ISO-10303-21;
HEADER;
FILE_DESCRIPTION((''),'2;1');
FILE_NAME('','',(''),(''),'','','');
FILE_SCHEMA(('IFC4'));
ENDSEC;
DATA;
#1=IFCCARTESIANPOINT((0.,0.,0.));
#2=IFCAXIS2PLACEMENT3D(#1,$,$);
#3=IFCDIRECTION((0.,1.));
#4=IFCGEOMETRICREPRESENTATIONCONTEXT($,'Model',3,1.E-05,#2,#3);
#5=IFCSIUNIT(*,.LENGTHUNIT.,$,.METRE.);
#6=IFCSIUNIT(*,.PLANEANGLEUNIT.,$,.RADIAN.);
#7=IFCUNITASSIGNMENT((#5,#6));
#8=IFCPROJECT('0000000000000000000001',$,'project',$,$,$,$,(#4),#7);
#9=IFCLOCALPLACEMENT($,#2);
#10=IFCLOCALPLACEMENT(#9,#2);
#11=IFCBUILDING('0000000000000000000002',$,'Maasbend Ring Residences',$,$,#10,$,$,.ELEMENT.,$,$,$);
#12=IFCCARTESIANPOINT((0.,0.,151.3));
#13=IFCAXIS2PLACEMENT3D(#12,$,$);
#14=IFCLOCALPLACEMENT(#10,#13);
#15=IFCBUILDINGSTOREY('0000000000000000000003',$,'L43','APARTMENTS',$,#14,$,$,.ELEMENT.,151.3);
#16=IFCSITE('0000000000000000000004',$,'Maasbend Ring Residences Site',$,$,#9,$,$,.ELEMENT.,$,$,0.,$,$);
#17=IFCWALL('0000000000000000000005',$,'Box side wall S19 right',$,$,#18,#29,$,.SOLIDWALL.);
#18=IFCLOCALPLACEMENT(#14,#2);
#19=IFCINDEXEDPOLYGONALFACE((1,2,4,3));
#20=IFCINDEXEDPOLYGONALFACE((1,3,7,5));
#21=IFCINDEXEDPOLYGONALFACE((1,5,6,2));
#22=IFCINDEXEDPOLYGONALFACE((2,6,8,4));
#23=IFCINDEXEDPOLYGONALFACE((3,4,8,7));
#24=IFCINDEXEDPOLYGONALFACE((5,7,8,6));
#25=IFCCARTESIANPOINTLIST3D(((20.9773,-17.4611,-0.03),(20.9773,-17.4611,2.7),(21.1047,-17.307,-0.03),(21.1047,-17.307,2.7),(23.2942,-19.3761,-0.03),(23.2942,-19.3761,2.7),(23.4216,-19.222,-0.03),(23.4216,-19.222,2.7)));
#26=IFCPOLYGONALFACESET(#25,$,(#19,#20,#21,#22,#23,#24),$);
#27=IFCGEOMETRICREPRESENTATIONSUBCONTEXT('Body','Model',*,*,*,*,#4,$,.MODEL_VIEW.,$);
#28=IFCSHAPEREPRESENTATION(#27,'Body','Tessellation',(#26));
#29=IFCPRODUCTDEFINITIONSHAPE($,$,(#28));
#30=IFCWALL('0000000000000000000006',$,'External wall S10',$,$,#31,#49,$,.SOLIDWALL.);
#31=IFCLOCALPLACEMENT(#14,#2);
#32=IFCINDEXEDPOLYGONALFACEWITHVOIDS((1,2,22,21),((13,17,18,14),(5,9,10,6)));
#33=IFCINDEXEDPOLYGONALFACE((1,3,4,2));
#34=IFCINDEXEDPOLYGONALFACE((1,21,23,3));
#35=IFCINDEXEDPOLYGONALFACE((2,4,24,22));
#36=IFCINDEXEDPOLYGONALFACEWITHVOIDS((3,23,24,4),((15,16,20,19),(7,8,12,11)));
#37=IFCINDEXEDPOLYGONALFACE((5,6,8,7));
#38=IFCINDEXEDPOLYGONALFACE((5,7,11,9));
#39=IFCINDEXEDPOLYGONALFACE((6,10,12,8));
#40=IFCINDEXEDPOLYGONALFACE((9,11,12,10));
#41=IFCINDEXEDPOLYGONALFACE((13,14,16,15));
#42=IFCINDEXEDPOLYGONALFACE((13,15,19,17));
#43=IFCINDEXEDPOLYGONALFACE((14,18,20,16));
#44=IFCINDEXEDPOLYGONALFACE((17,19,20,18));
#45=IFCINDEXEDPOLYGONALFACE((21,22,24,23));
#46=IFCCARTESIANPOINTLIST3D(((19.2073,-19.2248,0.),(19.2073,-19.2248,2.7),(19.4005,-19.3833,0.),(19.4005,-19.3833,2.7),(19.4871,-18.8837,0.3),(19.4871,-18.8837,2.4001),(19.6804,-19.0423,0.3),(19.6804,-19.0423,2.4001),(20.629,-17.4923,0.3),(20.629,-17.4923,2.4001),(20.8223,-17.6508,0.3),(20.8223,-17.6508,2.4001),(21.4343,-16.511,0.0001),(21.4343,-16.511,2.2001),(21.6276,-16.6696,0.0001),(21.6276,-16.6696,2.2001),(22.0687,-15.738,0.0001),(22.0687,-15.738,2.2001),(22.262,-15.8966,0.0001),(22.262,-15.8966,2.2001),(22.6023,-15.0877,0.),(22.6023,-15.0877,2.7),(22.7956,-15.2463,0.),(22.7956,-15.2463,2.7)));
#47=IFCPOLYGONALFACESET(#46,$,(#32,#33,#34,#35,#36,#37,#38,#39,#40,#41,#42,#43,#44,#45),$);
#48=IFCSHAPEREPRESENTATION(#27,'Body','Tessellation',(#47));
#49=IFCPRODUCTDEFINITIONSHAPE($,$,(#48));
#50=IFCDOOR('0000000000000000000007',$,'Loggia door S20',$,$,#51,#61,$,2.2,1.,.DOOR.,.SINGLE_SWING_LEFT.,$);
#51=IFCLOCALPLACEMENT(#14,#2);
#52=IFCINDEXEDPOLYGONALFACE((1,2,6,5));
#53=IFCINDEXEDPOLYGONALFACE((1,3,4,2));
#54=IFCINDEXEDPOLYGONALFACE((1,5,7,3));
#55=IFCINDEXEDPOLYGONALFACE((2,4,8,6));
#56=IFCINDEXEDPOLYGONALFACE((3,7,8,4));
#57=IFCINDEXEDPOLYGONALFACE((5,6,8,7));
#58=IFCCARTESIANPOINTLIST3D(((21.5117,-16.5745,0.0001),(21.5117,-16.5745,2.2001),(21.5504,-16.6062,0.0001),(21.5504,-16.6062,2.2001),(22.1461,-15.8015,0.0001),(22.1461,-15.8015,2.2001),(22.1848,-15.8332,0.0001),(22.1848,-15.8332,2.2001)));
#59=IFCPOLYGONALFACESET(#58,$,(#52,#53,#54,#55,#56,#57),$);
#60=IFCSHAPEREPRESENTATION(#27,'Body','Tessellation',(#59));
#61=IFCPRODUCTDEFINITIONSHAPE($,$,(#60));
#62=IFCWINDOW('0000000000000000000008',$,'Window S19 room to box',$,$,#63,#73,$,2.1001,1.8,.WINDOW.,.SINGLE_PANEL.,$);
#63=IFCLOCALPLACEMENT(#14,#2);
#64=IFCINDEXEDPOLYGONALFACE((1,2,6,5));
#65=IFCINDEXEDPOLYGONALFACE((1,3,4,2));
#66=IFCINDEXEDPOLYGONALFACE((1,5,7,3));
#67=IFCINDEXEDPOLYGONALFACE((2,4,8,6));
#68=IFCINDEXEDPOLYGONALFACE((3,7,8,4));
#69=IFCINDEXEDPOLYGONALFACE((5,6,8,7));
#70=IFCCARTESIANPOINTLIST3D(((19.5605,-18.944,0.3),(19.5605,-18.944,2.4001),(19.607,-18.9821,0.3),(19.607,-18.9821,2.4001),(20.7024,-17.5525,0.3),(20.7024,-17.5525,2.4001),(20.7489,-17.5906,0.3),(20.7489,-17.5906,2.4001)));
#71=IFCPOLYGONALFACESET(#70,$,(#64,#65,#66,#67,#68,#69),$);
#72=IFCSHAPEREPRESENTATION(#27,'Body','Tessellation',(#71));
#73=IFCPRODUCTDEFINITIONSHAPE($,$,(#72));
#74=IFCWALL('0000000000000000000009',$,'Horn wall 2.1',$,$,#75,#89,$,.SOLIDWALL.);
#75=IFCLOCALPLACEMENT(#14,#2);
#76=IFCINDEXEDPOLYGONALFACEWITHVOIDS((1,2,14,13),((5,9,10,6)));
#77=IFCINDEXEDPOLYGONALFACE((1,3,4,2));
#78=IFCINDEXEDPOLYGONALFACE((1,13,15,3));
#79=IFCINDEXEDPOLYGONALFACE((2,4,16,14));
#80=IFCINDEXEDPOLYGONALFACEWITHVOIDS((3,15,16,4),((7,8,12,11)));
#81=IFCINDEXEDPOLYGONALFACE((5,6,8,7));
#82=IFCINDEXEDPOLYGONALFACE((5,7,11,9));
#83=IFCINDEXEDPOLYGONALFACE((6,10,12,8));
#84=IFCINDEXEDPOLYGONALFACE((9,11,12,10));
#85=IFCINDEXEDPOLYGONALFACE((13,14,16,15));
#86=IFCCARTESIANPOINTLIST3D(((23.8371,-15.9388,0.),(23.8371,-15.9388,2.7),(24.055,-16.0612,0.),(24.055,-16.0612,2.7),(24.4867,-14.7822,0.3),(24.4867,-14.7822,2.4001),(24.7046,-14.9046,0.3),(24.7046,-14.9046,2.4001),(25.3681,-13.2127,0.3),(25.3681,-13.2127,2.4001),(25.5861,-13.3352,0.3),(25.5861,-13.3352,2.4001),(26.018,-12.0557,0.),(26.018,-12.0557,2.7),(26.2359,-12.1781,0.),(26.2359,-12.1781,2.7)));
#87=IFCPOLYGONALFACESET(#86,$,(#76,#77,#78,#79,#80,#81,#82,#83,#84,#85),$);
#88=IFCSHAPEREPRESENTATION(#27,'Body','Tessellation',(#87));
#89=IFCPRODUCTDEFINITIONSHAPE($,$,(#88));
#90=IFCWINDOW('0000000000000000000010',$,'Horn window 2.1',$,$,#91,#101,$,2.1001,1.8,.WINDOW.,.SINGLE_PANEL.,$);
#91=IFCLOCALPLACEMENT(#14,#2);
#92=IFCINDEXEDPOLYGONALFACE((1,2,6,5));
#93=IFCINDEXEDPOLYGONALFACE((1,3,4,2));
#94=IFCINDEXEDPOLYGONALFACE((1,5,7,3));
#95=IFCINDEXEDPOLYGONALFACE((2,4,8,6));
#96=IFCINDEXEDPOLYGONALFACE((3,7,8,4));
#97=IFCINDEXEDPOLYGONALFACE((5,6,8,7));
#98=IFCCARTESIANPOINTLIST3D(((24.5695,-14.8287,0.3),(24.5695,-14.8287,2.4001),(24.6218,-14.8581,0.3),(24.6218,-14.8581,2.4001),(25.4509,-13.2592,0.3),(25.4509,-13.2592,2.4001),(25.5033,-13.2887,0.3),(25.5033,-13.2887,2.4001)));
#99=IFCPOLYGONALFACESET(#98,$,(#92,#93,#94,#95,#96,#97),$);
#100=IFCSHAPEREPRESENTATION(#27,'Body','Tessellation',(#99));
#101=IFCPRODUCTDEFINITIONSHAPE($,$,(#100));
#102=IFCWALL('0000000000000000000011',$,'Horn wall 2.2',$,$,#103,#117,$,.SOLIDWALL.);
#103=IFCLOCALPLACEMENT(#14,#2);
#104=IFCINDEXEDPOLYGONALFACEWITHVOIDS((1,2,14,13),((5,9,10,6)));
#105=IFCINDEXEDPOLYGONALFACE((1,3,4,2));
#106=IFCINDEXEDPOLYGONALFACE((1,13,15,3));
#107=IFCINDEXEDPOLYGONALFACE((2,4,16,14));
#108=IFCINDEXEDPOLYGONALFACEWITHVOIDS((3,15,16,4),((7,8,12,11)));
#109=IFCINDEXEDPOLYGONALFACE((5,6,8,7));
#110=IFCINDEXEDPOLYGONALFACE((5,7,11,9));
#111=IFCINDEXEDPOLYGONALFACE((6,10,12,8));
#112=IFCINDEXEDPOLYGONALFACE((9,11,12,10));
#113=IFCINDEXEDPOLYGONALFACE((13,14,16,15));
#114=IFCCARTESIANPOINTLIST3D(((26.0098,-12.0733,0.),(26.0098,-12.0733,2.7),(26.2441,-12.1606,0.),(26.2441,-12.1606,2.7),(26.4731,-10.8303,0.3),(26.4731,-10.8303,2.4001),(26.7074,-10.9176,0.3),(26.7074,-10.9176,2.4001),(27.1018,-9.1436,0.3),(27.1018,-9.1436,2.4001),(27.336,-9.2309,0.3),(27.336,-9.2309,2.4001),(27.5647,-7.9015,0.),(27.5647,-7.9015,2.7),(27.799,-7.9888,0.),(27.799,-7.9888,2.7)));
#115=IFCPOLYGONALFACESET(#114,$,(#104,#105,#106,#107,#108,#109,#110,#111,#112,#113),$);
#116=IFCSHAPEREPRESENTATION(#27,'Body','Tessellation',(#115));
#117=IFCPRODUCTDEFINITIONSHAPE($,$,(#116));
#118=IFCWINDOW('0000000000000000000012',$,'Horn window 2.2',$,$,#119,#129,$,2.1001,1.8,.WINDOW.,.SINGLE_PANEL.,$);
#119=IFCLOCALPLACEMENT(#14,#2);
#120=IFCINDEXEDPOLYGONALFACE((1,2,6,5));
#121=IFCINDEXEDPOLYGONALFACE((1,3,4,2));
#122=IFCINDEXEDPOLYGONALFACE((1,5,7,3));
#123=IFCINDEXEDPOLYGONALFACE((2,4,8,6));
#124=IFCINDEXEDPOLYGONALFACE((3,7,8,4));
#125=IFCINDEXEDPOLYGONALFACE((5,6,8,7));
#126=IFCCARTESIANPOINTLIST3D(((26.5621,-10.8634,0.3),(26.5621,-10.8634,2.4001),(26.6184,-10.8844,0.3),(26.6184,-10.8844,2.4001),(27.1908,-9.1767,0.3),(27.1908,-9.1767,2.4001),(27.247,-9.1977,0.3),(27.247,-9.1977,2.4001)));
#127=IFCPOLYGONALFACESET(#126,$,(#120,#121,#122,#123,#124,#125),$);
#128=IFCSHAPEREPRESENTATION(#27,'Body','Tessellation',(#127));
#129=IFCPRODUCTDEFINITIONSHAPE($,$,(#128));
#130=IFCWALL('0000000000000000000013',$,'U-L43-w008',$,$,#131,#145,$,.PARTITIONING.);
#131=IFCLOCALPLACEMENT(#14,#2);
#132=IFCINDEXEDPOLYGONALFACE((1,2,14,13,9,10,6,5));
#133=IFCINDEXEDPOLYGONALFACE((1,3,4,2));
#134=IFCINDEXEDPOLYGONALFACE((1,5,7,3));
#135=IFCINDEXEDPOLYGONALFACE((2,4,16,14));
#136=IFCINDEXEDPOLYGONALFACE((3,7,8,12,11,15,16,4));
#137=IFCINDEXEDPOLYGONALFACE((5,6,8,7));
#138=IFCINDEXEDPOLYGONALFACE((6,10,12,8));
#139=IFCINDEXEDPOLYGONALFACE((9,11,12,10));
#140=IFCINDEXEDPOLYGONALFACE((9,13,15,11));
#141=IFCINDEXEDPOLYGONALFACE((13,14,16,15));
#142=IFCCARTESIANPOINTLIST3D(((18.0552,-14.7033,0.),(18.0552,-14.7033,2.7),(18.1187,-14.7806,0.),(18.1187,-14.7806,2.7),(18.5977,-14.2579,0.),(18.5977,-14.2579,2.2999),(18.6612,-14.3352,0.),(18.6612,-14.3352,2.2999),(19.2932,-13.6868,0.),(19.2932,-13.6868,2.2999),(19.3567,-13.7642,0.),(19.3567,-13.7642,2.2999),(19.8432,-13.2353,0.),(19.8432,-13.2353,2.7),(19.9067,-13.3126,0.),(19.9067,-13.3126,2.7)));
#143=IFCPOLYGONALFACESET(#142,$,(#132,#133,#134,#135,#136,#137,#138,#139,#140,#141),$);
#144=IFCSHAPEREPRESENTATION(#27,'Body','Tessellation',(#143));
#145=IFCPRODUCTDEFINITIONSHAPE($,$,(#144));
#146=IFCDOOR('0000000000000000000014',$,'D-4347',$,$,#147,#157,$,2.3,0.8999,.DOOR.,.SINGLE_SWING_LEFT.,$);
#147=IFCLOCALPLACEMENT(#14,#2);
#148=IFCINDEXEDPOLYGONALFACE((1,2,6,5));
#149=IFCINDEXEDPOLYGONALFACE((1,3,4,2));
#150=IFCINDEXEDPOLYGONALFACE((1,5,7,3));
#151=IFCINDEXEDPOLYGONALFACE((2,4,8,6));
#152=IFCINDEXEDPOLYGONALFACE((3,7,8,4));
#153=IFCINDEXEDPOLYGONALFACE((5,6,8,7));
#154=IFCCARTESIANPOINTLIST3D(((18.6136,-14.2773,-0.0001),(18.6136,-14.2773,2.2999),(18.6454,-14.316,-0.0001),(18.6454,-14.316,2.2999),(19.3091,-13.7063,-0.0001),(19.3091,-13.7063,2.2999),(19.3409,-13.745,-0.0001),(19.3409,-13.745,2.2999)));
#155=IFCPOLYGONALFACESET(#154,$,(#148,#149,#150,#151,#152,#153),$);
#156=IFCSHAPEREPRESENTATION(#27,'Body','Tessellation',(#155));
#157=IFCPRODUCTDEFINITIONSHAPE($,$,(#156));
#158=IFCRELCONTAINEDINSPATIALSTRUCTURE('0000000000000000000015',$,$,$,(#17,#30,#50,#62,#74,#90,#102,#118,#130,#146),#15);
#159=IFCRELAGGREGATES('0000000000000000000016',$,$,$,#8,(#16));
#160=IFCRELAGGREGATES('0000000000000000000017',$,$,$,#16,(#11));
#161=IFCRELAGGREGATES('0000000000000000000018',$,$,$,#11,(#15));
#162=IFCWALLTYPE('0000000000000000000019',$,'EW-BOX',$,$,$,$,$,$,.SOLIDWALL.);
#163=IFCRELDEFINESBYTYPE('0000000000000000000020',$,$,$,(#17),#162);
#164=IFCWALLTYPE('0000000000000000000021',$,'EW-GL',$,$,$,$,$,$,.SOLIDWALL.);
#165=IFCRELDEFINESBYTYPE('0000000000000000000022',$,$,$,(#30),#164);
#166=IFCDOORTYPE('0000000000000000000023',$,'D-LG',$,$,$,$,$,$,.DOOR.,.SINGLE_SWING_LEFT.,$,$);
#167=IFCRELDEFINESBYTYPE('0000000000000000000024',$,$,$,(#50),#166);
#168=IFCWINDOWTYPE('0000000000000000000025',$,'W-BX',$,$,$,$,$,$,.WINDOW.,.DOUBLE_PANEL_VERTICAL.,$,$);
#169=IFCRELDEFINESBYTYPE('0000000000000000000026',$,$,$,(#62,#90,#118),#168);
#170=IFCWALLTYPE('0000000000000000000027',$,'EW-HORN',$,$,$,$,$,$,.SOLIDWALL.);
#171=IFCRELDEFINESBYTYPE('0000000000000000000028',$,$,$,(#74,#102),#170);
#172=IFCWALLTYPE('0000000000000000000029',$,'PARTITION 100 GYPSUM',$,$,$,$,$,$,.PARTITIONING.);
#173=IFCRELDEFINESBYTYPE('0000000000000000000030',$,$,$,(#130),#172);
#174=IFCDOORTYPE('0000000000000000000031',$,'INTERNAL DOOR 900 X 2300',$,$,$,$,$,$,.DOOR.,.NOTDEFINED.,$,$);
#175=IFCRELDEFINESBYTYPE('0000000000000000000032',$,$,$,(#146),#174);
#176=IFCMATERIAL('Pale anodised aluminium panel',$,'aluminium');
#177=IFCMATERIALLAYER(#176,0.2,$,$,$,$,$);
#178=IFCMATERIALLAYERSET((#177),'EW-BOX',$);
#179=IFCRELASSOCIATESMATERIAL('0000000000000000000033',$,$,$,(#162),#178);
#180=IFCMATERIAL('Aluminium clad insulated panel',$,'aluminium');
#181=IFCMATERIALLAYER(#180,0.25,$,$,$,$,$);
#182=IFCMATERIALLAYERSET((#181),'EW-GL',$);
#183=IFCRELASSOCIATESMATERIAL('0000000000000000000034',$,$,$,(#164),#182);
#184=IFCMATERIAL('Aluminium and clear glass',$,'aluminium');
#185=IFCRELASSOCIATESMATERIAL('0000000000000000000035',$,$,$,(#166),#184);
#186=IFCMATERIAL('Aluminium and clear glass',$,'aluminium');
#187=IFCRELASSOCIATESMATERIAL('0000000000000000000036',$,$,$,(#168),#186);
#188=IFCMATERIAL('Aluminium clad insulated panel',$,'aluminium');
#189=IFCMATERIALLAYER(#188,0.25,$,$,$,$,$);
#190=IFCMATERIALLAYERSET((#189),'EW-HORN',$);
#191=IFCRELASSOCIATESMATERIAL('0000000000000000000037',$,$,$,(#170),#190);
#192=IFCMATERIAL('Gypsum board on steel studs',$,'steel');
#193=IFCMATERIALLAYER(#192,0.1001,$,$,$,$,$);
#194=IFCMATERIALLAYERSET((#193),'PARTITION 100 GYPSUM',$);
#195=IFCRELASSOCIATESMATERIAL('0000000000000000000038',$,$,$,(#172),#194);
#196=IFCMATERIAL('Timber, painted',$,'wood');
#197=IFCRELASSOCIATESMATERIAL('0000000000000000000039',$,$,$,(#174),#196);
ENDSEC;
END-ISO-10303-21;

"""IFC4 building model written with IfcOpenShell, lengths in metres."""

from ifc_helpers import new_model, si_unit, direction, frame, frame_2d, origin, place, context, subcontext, project, spatial, rectangle, extrude, material, layer, layer_set, type_object, element, fill, save


model = new_model("IFC4")

# Units and contexts
model_context = context("Model", 3, precision=1e-05, world=origin(), true_north=direction((0.0, 1.0)))
body_context = subcontext(model_context, "Body", "Model", "MODEL_VIEW")
ifc_project = project(units=[si_unit("LENGTHUNIT", "METRE"), si_unit("PLANEANGLEUNIT", "RADIAN")], contexts=[model_context])

# Site, building, storey
site_placement = place(None, origin())
site = spatial("IfcSite", under=ifc_project, at=site_placement, Name="Maasbend Ring Residences Site", CompositionType="ELEMENT", RefElevation=0.0)
building_placement = place(site_placement, origin())
building = spatial("IfcBuilding", under=site, at=building_placement, Name="Maasbend Ring Residences", CompositionType="ELEMENT")
storey_placement = place(building_placement, frame((0.0, 0.0, 151.3)))
storey = spatial("IfcBuildingStorey", under=building, at=storey_placement, Name="L43", Description="APARTMENTS", CompositionType="ELEMENT", Elevation=151.3)

# Wall
ifc_material_1 = material(Name="Pale anodised aluminium panel", Category="aluminium")
ifc_layer_1 = layer(ifc_material_1, 0.2)
ifc_layer_set_1 = layer_set([ifc_layer_1], Name="EW-BOX")
wall_type_1 = type_object("IfcWallType", Name="EW-BOX", PredefinedType="SOLIDWALL", material=ifc_layer_set_1)
wall_1_placement = place(storey_placement, frame((21.041, -17.384, -0.03), z_axis=(0.0, 0.0, 1.0), x_axis=(0.770785, -0.637096, 0.0)))
element("IfcWall", 1, at=wall_1_placement, inside=storey, type_object=wall_type_1, Name="Box side wall S19 right", PredefinedType="SOLIDWALL", context=body_context, shape_type="SweptSolid", body=[
    extrude(rectangle(XDim=3.0059, YDim=0.2, at=frame_2d((1.5029, 0.0))), origin(), (0.0, 0.0, 1.0), 2.73),
])

# Wall, openings, door, window
ifc_material_2 = material(Name="Aluminium clad insulated panel", Category="aluminium")
ifc_layer_2 = layer(ifc_material_2, 0.25)
ifc_layer_set_2 = layer_set([ifc_layer_2], Name="EW-GL")
wall_type_2 = type_object("IfcWallType", Name="EW-GL", PredefinedType="SOLIDWALL", material=ifc_layer_set_2)
wall_2_placement = place(storey_placement, frame((19.304, -19.304, 0.0), z_axis=(0.0, 0.0, 1.0), x_axis=(0.634382, 0.773019, 0.0)))
wall_2 = element("IfcWall", 2, at=wall_2_placement, inside=storey, type_object=wall_type_2, Name="External wall S10", PredefinedType="SOLIDWALL", context=body_context, shape_type="SweptSolid", body=[
    extrude(rectangle(XDim=5.3518, YDim=0.25, at=frame_2d((2.6758, 0.0))), origin(), (0.0, 0.0, 1.0), 2.7),
])
opening_1_placement = place(wall_2_placement, frame((0.4412, 0.0, 0.3)))
opening_1 = element("IfcOpeningElement", 3, at=opening_1_placement, cuts=wall_2, PredefinedType="OPENING", context=body_context, shape_type="SweptSolid", body=[
    extrude(rectangle(XDim=1.8, YDim=2.1001, at=frame_2d((0.8999, 1.05))), frame((0.0, 0.135, 0.0), z_axis=(0.0, -1.0, 0.0), x_axis=(1.0, 0.0, 0.0)), (0.0, 0.0, 1.0), 0.27),
])
opening_2_placement = place(wall_2_placement, frame((3.5105, 0.0, 0.0)))
opening_2 = element("IfcOpeningElement", 4, at=opening_2_placement, cuts=wall_2, PredefinedType="OPENING", context=body_context, shape_type="SweptSolid", body=[
    extrude(rectangle(XDim=1.0, YDim=2.2, at=frame_2d((0.5, 1.1001))), frame((0.0, 0.135, 0.0), z_axis=(0.0, -1.0, 0.0), x_axis=(1.0, 0.0, 0.0)), (0.0, 0.0, 1.0), 0.27),
])
ifc_material_3 = material(Name="Aluminium and clear glass", Category="aluminium")
door_type_1 = type_object("IfcDoorType", Name="D-LG", OperationType="SINGLE_SWING_LEFT", PredefinedType="DOOR", material=ifc_material_3)
door_1_placement = place(opening_2_placement, origin())
door_1 = element("IfcDoor", 5, at=door_1_placement, inside=storey, type_object=door_type_1, Name="Loggia door S20", OperationType="SINGLE_SWING_LEFT", OverallHeight=2.2, OverallWidth=1.0, PredefinedType="DOOR", context=body_context, shape_type="SweptSolid", body=[
    extrude(rectangle(XDim=1.0, YDim=2.2, at=frame_2d((0.5, 1.1001))), frame((0.0, 0.0249, 0.0), z_axis=(0.0, -1.0, 0.0), x_axis=(1.0, 0.0, 0.0)), (0.0, 0.0, 1.0), 0.05),
])
fill(opening_2, door_1)
ifc_material_4 = material(Name="Aluminium and clear glass", Category="aluminium")
window_type = type_object("IfcWindowType", Name="W-BX", PartitioningType="DOUBLE_PANEL_VERTICAL", PredefinedType="WINDOW", material=ifc_material_4)
window_1_placement = place(opening_1_placement, origin())
window_1 = element("IfcWindow", 6, at=window_1_placement, inside=storey, type_object=window_type, Name="Window S19 room to box", OverallHeight=2.1001, OverallWidth=1.8, PartitioningType="SINGLE_PANEL", PredefinedType="WINDOW", context=body_context, shape_type="SweptSolid", body=[
    extrude(rectangle(XDim=1.8, YDim=2.1001, at=frame_2d((0.8999, 1.05))), frame((0.0, 0.03, 0.0), z_axis=(0.0, -1.0, 0.0), x_axis=(1.0, 0.0, 0.0)), (0.0, 0.0, 1.0), 0.0601),
])
fill(opening_1, window_1)

# Walls, openings, windows
ifc_material_5 = material(Name="Aluminium clad insulated panel", Category="aluminium")
ifc_layer_3 = layer(ifc_material_5, 0.25)
ifc_layer_set_3 = layer_set([ifc_layer_3], Name="EW-HORN")
wall_type_3 = type_object("IfcWallType", Name="EW-HORN", PredefinedType="SOLIDWALL", material=ifc_layer_set_3)
wall_3_placement = place(storey_placement, frame((23.946, -16.0, 0.0), z_axis=(0.0, 0.0, 1.0), x_axis=(0.489696, 0.871893, 0.0)))
wall_3 = element("IfcWall", 7, at=wall_3_placement, inside=storey, type_object=wall_type_3, Name="Horn wall 2.1", PredefinedType="SOLIDWALL", context=body_context, shape_type="SweptSolid", body=[
    extrude(rectangle(XDim=4.4536, YDim=0.25, at=frame_2d((2.2268, 0.0))), origin(), (0.0, 0.0, 1.0), 2.7),
])
opening_3_placement = place(wall_3_placement, frame((1.3267, 0.0, 0.3)))
opening_3 = element("IfcOpeningElement", 8, at=opening_3_placement, cuts=wall_3, PredefinedType="OPENING", context=body_context, shape_type="SweptSolid", body=[
    extrude(rectangle(XDim=1.8, YDim=2.1001, at=frame_2d((0.8999, 1.05))), frame((0.0, 0.135, 0.0), z_axis=(0.0, -1.0, 0.0), x_axis=(1.0, 0.0, 0.0)), (0.0, 0.0, 1.0), 0.27),
])
window_2_placement = place(opening_3_placement, origin())
window_2 = element("IfcWindow", 9, at=window_2_placement, inside=storey, type_object=window_type, Name="Horn window 2.1", OverallHeight=2.1001, OverallWidth=1.8, PartitioningType="SINGLE_PANEL", PredefinedType="WINDOW", context=body_context, shape_type="SweptSolid", body=[
    extrude(rectangle(XDim=1.8, YDim=2.1001, at=frame_2d((0.8999, 1.05))), frame((0.0, 0.03, 0.0), z_axis=(0.0, -1.0, 0.0), x_axis=(1.0, 0.0, 0.0)), (0.0, 0.0, 1.0), 0.0601),
])
fill(opening_3, window_2)
wall_4_placement = place(storey_placement, frame((26.127, -12.1169, 0.0), z_axis=(0.0, 0.0, 1.0), x_axis=(0.349248, 0.93703, 0.0)))
wall_4 = element("IfcWall", 10, at=wall_4_placement, inside=storey, type_object=wall_type_3, Name="Horn wall 2.2", PredefinedType="SOLIDWALL", context=body_context, shape_type="SweptSolid", body=[
    extrude(rectangle(XDim=4.4521, YDim=0.25, at=frame_2d((2.2261, 0.0))), origin(), (0.0, 0.0, 1.0), 2.7),
])
opening_4_placement = place(wall_4_placement, frame((1.3267, 0.0, 0.3)))
opening_4 = element("IfcOpeningElement", 11, at=opening_4_placement, cuts=wall_4, PredefinedType="OPENING", context=body_context, shape_type="SweptSolid", body=[
    extrude(rectangle(XDim=1.8, YDim=2.1001, at=frame_2d((0.8999, 1.05))), frame((0.0, 0.135, 0.0), z_axis=(0.0, -1.0, 0.0), x_axis=(1.0, 0.0, 0.0)), (0.0, 0.0, 1.0), 0.27),
])
window_3_placement = place(opening_4_placement, origin())
window_3 = element("IfcWindow", 12, at=window_3_placement, inside=storey, type_object=window_type, Name="Horn window 2.2", OverallHeight=2.1001, OverallWidth=1.8, PartitioningType="SINGLE_PANEL", PredefinedType="WINDOW", context=body_context, shape_type="SweptSolid", body=[
    extrude(rectangle(XDim=1.8, YDim=2.1001, at=frame_2d((0.8999, 1.05))), frame((0.0, 0.03, 0.0), z_axis=(0.0, -1.0, 0.0), x_axis=(1.0, 0.0, 0.0)), (0.0, 0.0, 1.0), 0.0601),
])
fill(opening_4, window_3)

# Wall, opening, door
ifc_material_6 = material(Name="Gypsum board on steel studs", Category="steel")
ifc_layer_4 = layer(ifc_material_6, 0.1001)
ifc_layer_set_4 = layer_set([ifc_layer_4], Name="PARTITION 100 GYPSUM")
wall_type_4 = type_object("IfcWallType", Name="PARTITION 100 GYPSUM", PredefinedType="PARTITIONING", material=ifc_layer_set_4)
wall_5_placement = place(storey_placement, frame((18.0869, -14.7419, 0.0), z_axis=(0.0, 0.0, 1.0), x_axis=(0.772889, 0.634541, 0.0)))
wall_5 = element("IfcWall", 13, at=wall_5_placement, inside=storey, type_object=wall_type_4, Name="U-L43-w008", PredefinedType="PARTITIONING", context=body_context, shape_type="SweptSolid", body=[
    extrude(rectangle(XDim=2.3135, YDim=0.1001, at=frame_2d((1.1567, 0.0))), origin(), (0.0, 0.0, 1.0), 2.7),
])
opening_5_placement = place(wall_5_placement, frame((0.7019, 0.0, 0.0)))
opening_5 = element("IfcOpeningElement", 14, at=opening_5_placement, cuts=wall_5, PredefinedType="OPENING", context=body_context, shape_type="SweptSolid", body=[
    extrude(rectangle(XDim=0.8999, YDim=2.3, at=frame_2d((0.45, 1.1499))), frame((0.0, 0.0601, 0.0), z_axis=(0.0, -1.0, 0.0), x_axis=(1.0, 0.0, 0.0)), (0.0, 0.0, 1.0), 0.1201),
])
ifc_material_7 = material(Name="Timber, painted", Category="wood")
door_type_2 = type_object("IfcDoorType", Name="INTERNAL DOOR 900 X 2300", OperationType="NOTDEFINED", PredefinedType="DOOR", material=ifc_material_7)
door_2_placement = place(opening_5_placement, origin())
door_2 = element("IfcDoor", 15, at=door_2_placement, inside=storey, type_object=door_type_2, Name="D-4347", OperationType="SINGLE_SWING_LEFT", OverallHeight=2.3, OverallWidth=0.8999, PredefinedType="DOOR", context=body_context, shape_type="SweptSolid", body=[
    extrude(rectangle(XDim=0.8999, YDim=2.3, at=frame_2d((0.45, 1.1499))), frame((0.0, 0.0249, 0.0), z_axis=(0.0, -1.0, 0.0), x_axis=(1.0, 0.0, 0.0)), (0.0, 0.0, 1.0), 0.05),
])
fill(opening_5, door_2)

save(model, "model.ifc")
